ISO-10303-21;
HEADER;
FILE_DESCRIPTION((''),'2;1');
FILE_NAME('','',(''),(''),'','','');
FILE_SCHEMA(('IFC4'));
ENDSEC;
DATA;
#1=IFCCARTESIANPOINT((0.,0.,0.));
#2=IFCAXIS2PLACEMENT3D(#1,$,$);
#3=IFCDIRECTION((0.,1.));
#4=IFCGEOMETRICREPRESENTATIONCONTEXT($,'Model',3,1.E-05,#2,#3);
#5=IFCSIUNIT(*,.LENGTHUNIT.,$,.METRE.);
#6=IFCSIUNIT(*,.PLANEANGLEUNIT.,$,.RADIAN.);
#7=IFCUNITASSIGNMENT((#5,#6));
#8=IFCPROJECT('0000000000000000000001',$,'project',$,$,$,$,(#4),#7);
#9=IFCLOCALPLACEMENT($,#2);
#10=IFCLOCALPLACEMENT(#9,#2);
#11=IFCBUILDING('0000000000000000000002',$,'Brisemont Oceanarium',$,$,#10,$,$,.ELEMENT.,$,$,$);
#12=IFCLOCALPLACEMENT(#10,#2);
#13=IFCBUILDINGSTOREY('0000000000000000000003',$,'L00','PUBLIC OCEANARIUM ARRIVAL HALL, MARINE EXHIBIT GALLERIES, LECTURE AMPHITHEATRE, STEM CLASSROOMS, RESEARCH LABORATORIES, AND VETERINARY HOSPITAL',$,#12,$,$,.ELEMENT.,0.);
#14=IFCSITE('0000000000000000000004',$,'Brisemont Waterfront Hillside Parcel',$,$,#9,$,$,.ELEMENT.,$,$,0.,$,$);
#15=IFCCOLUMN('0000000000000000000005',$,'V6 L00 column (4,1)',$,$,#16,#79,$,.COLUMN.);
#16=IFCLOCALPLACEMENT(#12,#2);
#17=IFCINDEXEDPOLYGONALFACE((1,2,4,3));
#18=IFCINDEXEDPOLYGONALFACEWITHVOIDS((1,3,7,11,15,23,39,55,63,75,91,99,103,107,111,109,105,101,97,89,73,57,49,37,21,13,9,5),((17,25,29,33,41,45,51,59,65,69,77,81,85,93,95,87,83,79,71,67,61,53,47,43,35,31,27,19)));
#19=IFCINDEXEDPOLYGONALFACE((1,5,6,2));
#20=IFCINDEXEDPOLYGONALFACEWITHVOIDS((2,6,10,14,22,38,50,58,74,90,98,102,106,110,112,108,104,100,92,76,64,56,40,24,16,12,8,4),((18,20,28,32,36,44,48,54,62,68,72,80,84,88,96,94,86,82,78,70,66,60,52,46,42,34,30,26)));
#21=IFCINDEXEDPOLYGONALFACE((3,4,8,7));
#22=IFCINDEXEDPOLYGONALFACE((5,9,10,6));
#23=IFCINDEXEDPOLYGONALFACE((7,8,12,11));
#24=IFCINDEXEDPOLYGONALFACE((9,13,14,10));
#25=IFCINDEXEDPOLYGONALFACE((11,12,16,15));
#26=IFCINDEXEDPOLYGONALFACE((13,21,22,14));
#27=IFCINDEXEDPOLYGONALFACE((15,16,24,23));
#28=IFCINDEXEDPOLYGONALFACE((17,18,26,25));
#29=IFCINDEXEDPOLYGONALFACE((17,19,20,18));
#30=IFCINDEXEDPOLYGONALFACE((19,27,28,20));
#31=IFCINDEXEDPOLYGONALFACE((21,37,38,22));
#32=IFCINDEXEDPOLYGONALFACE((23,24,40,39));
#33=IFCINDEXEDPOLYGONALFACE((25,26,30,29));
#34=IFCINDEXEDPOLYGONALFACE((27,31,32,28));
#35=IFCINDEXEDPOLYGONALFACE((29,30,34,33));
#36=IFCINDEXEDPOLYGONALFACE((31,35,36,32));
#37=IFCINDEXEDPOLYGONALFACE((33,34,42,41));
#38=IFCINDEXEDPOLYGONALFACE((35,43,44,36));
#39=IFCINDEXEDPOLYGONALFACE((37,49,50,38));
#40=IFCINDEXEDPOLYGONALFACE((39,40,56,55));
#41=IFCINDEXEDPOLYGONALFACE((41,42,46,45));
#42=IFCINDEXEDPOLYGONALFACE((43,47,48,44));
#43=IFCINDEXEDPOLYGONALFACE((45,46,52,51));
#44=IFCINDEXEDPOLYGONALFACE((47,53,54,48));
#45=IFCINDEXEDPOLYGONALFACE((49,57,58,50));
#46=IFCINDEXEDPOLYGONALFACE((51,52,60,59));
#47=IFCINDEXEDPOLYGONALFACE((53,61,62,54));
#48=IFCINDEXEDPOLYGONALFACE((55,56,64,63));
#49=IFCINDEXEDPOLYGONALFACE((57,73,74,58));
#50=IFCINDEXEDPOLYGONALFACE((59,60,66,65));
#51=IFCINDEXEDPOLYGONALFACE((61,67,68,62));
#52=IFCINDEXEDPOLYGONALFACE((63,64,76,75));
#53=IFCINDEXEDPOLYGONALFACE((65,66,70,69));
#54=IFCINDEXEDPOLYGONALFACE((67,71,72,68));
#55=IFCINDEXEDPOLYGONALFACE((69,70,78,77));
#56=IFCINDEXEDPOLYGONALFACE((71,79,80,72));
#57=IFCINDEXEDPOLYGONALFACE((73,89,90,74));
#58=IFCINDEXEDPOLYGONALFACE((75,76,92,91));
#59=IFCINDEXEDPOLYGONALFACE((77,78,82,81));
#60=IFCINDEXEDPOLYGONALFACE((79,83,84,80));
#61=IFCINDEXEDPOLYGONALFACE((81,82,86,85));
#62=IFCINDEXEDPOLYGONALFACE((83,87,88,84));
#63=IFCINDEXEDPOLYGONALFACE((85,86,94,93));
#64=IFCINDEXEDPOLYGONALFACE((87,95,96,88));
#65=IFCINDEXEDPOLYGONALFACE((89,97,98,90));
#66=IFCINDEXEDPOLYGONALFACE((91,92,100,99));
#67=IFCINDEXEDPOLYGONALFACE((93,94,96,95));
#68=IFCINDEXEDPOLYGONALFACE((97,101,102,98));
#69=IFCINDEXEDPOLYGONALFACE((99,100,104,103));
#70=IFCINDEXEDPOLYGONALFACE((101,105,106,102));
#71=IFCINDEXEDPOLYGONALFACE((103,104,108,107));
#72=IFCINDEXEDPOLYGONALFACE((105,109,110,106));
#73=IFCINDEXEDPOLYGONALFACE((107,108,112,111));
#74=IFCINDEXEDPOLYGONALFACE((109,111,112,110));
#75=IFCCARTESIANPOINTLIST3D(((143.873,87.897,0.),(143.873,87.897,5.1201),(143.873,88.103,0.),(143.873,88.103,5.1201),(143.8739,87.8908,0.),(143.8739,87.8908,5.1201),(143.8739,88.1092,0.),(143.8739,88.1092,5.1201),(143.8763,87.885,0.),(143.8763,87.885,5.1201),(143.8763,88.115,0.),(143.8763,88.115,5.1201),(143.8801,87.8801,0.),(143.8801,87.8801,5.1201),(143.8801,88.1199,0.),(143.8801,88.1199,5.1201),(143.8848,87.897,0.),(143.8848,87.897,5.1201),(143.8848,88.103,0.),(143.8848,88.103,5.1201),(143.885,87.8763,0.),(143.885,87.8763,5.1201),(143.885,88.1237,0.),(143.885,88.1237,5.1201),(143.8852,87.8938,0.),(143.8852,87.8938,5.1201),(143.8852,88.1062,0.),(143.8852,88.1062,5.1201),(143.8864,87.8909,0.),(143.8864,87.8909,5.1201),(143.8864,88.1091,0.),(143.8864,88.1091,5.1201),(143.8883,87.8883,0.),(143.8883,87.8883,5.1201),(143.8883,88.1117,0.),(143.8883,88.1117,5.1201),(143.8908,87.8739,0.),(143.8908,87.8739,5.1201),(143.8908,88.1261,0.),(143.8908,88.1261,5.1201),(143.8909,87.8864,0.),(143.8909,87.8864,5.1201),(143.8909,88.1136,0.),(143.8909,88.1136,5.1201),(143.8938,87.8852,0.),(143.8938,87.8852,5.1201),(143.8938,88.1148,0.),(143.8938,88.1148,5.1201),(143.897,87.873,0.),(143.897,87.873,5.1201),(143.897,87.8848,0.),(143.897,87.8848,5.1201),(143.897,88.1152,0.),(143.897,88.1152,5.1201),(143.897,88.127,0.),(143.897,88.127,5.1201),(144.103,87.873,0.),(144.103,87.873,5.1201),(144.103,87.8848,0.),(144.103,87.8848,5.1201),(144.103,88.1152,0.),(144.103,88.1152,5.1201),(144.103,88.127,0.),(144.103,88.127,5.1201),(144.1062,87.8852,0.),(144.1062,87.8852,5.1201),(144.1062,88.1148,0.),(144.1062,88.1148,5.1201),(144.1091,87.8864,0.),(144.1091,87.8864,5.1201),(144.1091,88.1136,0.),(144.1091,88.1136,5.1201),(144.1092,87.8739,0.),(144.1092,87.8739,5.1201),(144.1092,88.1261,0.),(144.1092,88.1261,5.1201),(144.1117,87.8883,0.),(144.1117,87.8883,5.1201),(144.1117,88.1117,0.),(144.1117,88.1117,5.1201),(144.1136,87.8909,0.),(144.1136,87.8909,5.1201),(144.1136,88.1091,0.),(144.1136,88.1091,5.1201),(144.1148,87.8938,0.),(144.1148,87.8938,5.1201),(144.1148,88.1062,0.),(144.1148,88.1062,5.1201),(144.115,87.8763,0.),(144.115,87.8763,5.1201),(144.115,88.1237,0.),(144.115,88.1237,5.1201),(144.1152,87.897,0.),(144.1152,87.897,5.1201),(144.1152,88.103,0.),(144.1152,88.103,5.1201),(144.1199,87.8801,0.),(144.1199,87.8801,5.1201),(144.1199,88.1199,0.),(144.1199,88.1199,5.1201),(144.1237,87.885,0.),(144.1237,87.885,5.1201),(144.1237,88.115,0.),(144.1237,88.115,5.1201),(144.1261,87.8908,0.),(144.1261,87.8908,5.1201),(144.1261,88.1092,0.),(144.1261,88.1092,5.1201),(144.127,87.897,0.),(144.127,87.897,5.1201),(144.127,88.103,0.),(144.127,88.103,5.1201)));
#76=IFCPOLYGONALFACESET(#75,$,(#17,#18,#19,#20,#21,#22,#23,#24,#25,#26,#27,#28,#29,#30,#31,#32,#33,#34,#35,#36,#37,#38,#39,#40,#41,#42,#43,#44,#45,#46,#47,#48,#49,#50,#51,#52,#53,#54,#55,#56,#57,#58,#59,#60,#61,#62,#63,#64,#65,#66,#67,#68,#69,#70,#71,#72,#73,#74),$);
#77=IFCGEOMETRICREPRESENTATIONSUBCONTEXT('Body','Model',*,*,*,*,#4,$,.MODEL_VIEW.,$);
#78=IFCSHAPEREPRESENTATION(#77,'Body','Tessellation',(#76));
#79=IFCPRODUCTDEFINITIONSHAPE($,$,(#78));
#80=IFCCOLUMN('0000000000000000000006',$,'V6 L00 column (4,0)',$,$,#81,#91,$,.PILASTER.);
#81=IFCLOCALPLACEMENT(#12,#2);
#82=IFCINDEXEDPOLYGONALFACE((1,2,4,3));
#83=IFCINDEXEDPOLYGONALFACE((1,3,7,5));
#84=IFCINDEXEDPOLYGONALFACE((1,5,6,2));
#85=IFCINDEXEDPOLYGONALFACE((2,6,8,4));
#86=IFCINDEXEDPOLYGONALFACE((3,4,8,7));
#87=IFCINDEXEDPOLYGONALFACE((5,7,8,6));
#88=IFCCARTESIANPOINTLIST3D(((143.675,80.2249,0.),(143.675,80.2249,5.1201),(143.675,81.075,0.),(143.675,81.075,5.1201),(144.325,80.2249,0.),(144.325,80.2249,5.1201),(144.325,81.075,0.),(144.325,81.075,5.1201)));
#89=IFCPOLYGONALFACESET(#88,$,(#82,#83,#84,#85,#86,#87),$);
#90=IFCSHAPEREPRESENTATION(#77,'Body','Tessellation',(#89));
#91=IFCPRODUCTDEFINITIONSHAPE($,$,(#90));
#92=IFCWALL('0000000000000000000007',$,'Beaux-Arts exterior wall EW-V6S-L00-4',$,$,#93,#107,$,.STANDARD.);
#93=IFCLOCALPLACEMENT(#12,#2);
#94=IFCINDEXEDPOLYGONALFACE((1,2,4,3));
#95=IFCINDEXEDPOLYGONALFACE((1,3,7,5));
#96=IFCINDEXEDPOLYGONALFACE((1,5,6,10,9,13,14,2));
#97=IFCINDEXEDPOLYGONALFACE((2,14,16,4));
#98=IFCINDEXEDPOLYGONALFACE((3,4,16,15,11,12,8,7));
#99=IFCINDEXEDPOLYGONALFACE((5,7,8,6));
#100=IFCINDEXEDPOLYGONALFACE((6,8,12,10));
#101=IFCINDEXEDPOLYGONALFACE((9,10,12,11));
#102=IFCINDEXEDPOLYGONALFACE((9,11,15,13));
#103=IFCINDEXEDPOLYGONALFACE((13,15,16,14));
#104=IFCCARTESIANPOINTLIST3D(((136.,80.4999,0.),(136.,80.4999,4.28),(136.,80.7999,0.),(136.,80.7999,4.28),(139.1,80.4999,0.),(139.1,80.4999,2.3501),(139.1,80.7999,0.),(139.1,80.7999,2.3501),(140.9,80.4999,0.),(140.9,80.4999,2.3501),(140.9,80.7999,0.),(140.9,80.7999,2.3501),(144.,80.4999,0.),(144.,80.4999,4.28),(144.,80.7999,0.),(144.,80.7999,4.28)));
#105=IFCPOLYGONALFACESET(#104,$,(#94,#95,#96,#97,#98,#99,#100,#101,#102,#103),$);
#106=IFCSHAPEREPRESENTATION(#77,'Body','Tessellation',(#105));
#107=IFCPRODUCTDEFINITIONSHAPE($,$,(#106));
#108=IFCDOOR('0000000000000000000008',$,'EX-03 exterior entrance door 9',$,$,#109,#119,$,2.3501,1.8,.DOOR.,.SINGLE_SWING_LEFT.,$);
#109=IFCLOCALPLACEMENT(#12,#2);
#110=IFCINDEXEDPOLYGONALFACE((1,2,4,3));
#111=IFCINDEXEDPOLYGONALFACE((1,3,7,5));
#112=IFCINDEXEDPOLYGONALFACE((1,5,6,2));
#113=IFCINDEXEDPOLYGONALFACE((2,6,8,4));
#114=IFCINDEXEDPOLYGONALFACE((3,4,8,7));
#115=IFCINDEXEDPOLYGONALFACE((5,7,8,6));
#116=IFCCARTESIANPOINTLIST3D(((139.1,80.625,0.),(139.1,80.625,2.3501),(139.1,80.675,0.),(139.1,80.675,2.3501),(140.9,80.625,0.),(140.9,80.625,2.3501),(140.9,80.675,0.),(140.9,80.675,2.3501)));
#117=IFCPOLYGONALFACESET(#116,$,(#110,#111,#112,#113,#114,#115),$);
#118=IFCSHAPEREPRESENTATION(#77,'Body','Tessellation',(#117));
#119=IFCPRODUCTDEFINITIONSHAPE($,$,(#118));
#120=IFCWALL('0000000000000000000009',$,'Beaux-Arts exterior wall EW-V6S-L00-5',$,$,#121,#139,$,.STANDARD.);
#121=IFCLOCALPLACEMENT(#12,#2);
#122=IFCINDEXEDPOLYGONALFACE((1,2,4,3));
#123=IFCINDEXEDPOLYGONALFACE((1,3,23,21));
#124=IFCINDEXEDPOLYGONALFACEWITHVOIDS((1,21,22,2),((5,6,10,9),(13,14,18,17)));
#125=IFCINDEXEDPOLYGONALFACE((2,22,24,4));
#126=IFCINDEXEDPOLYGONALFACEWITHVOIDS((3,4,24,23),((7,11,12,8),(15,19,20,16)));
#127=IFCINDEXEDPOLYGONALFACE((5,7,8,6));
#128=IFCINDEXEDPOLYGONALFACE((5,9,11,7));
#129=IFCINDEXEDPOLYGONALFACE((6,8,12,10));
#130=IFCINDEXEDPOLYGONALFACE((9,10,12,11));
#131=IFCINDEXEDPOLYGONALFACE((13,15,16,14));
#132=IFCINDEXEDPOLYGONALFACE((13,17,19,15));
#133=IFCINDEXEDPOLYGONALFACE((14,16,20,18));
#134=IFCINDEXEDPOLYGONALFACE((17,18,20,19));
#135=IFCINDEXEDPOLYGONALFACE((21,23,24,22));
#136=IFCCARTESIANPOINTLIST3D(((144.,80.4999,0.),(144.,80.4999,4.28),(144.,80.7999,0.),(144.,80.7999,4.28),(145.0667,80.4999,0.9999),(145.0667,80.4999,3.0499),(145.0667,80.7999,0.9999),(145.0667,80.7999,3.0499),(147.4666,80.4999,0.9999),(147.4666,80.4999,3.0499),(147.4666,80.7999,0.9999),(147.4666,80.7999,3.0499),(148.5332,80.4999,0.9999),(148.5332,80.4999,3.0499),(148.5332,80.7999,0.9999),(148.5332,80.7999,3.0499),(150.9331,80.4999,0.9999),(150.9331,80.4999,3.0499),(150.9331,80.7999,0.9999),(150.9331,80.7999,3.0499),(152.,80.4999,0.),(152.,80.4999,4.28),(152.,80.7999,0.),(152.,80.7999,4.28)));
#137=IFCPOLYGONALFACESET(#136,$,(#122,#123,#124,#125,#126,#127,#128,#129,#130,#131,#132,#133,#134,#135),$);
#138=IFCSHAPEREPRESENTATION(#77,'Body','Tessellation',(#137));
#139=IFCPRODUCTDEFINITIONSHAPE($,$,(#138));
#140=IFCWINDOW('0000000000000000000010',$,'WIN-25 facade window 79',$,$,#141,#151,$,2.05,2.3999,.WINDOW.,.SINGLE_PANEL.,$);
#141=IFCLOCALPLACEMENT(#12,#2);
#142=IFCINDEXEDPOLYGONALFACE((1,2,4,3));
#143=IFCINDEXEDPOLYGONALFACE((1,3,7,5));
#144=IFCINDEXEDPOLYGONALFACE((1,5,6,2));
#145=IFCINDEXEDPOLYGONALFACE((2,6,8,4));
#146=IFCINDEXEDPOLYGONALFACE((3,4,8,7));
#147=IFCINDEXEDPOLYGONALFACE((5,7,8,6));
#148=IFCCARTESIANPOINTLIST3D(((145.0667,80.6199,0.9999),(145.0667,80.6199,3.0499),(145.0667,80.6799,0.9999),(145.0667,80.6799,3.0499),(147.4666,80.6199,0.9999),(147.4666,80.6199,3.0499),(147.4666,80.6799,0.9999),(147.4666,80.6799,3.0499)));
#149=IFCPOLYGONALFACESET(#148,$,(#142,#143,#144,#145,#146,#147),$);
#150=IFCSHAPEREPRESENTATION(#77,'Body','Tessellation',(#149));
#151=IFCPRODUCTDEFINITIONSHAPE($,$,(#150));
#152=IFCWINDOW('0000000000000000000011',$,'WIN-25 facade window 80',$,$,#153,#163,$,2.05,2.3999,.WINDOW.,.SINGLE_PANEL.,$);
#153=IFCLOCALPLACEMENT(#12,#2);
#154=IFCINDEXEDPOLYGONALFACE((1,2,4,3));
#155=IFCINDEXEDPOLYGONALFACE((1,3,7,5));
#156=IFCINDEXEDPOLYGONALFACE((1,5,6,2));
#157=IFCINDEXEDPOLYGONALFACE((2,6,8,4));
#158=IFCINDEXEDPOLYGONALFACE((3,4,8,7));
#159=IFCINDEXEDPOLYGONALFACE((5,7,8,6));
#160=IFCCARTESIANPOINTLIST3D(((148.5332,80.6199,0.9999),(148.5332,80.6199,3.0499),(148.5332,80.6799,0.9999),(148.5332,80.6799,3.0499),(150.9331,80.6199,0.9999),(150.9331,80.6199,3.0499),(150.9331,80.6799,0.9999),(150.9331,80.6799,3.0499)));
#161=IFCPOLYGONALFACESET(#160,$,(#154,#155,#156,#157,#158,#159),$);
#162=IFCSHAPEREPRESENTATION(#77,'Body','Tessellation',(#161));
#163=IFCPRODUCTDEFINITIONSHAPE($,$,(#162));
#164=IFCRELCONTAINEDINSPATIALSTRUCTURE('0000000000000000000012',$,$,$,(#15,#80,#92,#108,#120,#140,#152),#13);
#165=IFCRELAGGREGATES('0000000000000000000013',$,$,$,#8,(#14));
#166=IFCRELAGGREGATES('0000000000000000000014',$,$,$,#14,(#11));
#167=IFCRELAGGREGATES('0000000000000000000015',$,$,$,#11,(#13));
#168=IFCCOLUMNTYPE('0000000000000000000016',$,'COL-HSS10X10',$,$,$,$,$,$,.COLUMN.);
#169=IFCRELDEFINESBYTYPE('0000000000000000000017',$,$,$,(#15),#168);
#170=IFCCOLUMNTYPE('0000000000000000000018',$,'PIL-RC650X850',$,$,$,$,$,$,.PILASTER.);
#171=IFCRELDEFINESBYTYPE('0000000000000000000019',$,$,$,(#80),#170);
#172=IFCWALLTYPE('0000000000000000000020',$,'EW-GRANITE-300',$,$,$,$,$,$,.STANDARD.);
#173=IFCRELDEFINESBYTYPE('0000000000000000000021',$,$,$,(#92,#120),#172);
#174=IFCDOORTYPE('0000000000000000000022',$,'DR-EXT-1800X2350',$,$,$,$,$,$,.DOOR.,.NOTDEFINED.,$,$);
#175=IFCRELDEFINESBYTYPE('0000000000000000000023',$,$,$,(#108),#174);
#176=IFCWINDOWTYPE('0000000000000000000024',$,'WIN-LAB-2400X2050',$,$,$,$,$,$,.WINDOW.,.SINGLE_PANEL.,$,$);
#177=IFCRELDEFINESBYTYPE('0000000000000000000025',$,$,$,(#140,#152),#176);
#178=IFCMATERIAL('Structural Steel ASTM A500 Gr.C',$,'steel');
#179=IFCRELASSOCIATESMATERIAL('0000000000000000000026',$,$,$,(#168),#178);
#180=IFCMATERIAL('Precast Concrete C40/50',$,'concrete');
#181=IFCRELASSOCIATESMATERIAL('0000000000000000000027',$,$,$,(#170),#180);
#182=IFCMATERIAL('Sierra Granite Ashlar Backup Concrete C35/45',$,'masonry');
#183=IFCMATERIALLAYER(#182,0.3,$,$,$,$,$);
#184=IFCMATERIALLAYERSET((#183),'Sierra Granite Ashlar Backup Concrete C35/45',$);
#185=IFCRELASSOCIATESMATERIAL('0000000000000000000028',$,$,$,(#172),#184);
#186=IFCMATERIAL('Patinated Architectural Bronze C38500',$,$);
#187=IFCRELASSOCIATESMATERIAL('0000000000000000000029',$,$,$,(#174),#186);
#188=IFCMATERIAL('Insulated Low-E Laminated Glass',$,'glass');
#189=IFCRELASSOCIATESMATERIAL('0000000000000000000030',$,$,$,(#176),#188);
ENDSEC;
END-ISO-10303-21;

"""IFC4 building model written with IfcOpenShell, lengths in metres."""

from ifc_helpers import new_model, si_unit, direction, frame, frame_2d, origin, origin_2d, place, context, subcontext, project, spatial, rectangle, hollow_rectangle, extrude, material, layer, layer_set, material_profile, profile_set, type_object, element, fill, save


model = new_model("IFC4")

# Units and contexts
model_context = context("Model", 3, precision=1e-05, world=origin(), true_north=direction((0.0, 1.0)))
body_context = subcontext(model_context, "Body", "Model", "MODEL_VIEW")
ifc_project = project(units=[si_unit("LENGTHUNIT", "METRE"), si_unit("PLANEANGLEUNIT", "RADIAN")], contexts=[model_context])

# Site, building, storey
site_placement = place(None, origin())
site = spatial("IfcSite", under=ifc_project, at=site_placement, Name="Brisemont Waterfront Hillside Parcel", CompositionType="ELEMENT", RefElevation=0.0)
building_placement = place(site_placement, origin())
building = spatial("IfcBuilding", under=site, at=building_placement, Name="Brisemont Oceanarium", CompositionType="ELEMENT")
storey_placement = place(building_placement, origin())
storey = spatial("IfcBuildingStorey", under=building, at=storey_placement, Name="L00", Description="PUBLIC OCEANARIUM ARRIVAL HALL, MARINE EXHIBIT GALLERIES, LECTURE AMPHITHEATRE, STEM CLASSROOMS, RESEARCH LABORATORIES, AND VETERINARY HOSPITAL", CompositionType="ELEMENT", Elevation=0.0)

# Columns
ifc_material_1 = material(Name="Structural Steel ASTM A500 Gr.C", Category="steel")
ifc_material_profile_1 = material_profile(ifc_material_1, hollow_rectangle(XDim=0.2539, YDim=0.2539, WallThickness=0.0117, InnerFilletRadius=0.0122, OuterFilletRadius=0.0239, at=origin_2d()), Name="HSS10X10X1/2")
ifc_profile_set_1 = profile_set([ifc_material_profile_1], Name="Structural Steel ASTM A500 Gr.C")
column_type_1 = type_object("IfcColumnType", Name="COL-HSS10X10", PredefinedType="COLUMN", material=ifc_profile_set_1)
column_1_placement = place(storey_placement, frame((144.0, 88.0, 0.0), z_axis=(0.0, 0.0, 1.0), x_axis=(0.0, 1.0, 0.0)))
element("IfcColumn", 1, at=column_1_placement, inside=storey, type_object=column_type_1, Name="V6 L00 column (4,1)", PredefinedType="COLUMN", context=body_context, shape_type="SweptSolid", body=[
    extrude(hollow_rectangle(XDim=0.2539, YDim=0.2539, WallThickness=0.0117, InnerFilletRadius=0.0122, OuterFilletRadius=0.0239, at=origin_2d()), origin(), (0.0, 0.0, 1.0), 5.1201),
])
ifc_material_2 = material(Name="Precast Concrete C40/50", Category="concrete")
ifc_material_profile_2 = material_profile(ifc_material_2, rectangle(XDim=0.6499, YDim=0.8501, at=origin_2d()), Name="RC-PIL-650X850")
ifc_profile_set_2 = profile_set([ifc_material_profile_2], Name="Precast Concrete C40/50")
column_type_2 = type_object("IfcColumnType", Name="PIL-RC650X850", PredefinedType="PILASTER", material=ifc_profile_set_2)
column_2_placement = place(storey_placement, frame((144.0, 80.6499, 0.0), z_axis=(0.0, 0.0, 1.0), x_axis=(1.0, 0.0, 0.0)))
element("IfcColumn", 2, at=column_2_placement, inside=storey, type_object=column_type_2, Name="V6 L00 column (4,0)", PredefinedType="PILASTER", context=body_context, shape_type="SweptSolid", body=[
    extrude(rectangle(XDim=0.6499, YDim=0.8501, at=origin_2d()), origin(), (0.0, 0.0, 1.0), 5.1201),
])

# Wall, opening, door
ifc_material_3 = material(Name="Sierra Granite Ashlar Backup Concrete C35/45", Category="masonry")
ifc_layer_1 = layer(ifc_material_3, 0.3)
ifc_layer_set_1 = layer_set([ifc_layer_1], Name="Sierra Granite Ashlar Backup Concrete C35/45")
wall_type_1 = type_object("IfcWallType", Name="EW-GRANITE-300", PredefinedType="STANDARD", material=ifc_layer_set_1)
wall_1_placement = place(storey_placement, frame((144.0, 80.6499, 0.0), z_axis=(0.0, 0.0, 1.0), x_axis=(-1.0, 0.0, 0.0)))
wall_1 = element("IfcWall", 3, at=wall_1_placement, inside=storey, type_object=wall_type_1, Name="Beaux-Arts exterior wall EW-V6S-L00-4", PredefinedType="STANDARD", context=body_context, shape_type="SweptSolid", body=[
    extrude(rectangle(XDim=8.0, YDim=0.3, at=frame_2d((4.0, 0.0))), origin(), (0.0, 0.0, 1.0), 4.28),
])
opening_1_placement = place(wall_1_placement, frame((3.1001, 0.0, 0.0)))
opening_1 = element("IfcOpeningElement", 4, at=opening_1_placement, cuts=wall_1, PredefinedType="OPENING", context=body_context, shape_type="SweptSolid", body=[
    extrude(rectangle(XDim=1.8, YDim=2.3501, at=frame_2d((0.8999, 1.175))), frame((0.0, 0.1599, 0.0), z_axis=(0.0, -1.0, 0.0), x_axis=(1.0, 0.0, 0.0)), (0.0, 0.0, 1.0), 0.3201),
])
ifc_material_4 = material(Name="Patinated Architectural Bronze C38500")
door_type_1 = type_object("IfcDoorType", Name="DR-EXT-1800X2350", OperationType="NOTDEFINED", PredefinedType="DOOR", material=ifc_material_4)
door_1_placement = place(opening_1_placement, origin())
door_1 = element("IfcDoor", 5, at=door_1_placement, inside=storey, type_object=door_type_1, Name="EX-03 exterior entrance door 9", OperationType="SINGLE_SWING_LEFT", OverallHeight=2.3501, OverallWidth=1.8, PredefinedType="DOOR", context=body_context, shape_type="SweptSolid", body=[
    extrude(rectangle(XDim=1.8, YDim=2.3501, at=frame_2d((0.8999, 1.175))), frame((0.0, 0.0249, 0.0), z_axis=(0.0, -1.0, 0.0), x_axis=(1.0, 0.0, 0.0)), (0.0, 0.0, 1.0), 0.05),
])
fill(opening_1, door_1)

# Wall, openings, windows
wall_2_placement = place(storey_placement, frame((144.0, 80.6499, 0.0), z_axis=(0.0, 0.0, 1.0), x_axis=(1.0, 0.0, 0.0)))
wall_2 = element("IfcWall", 6, at=wall_2_placement, inside=storey, type_object=wall_type_1, Name="Beaux-Arts exterior wall EW-V6S-L00-5", PredefinedType="STANDARD", context=body_context, shape_type="SweptSolid", body=[
    extrude(rectangle(XDim=8.0, YDim=0.3, at=frame_2d((4.0, 0.0))), origin(), (0.0, 0.0, 1.0), 4.28),
])
opening_2_placement = place(wall_2_placement, frame((1.0667, 0.0, 1.0)))
opening_2 = element("IfcOpeningElement", 7, at=opening_2_placement, cuts=wall_2, PredefinedType="OPENING", context=body_context, shape_type="SweptSolid", body=[
    extrude(rectangle(XDim=2.3999, YDim=2.05, at=frame_2d((1.2, 1.0249))), frame((0.0, 0.1599, 0.0), z_axis=(0.0, -1.0, 0.0), x_axis=(1.0, 0.0, 0.0)), (0.0, 0.0, 1.0), 0.3201),
])
opening_3_placement = place(wall_2_placement, frame((4.5332, 0.0, 1.0)))
opening_3 = element("IfcOpeningElement", 8, at=opening_3_placement, cuts=wall_2, PredefinedType="OPENING", context=body_context, shape_type="SweptSolid", body=[
    extrude(rectangle(XDim=2.3999, YDim=2.05, at=frame_2d((1.2, 1.0249))), frame((0.0, 0.1599, 0.0), z_axis=(0.0, -1.0, 0.0), x_axis=(1.0, 0.0, 0.0)), (0.0, 0.0, 1.0), 0.3201),
])
ifc_material_5 = material(Name="Insulated Low-E Laminated Glass", Category="glass")
window_type = type_object("IfcWindowType", Name="WIN-LAB-2400X2050", PartitioningType="SINGLE_PANEL", PredefinedType="WINDOW", material=ifc_material_5)
window_1_placement = place(opening_2_placement, origin())
window_1 = element("IfcWindow", 9, at=window_1_placement, inside=storey, type_object=window_type, Name="WIN-25 facade window 79", OverallHeight=2.05, OverallWidth=2.3999, PartitioningType="SINGLE_PANEL", PredefinedType="WINDOW", context=body_context, shape_type="SweptSolid", body=[
    extrude(rectangle(XDim=2.3999, YDim=2.05, at=frame_2d((1.2, 1.0249))), frame((0.0, 0.03, 0.0), z_axis=(0.0, -1.0, 0.0), x_axis=(1.0, 0.0, 0.0)), (0.0, 0.0, 1.0), 0.0601),
])
fill(opening_2, window_1)
window_2_placement = place(opening_3_placement, origin())
window_2 = element("IfcWindow", 10, at=window_2_placement, inside=storey, type_object=window_type, Name="WIN-25 facade window 80", OverallHeight=2.05, OverallWidth=2.3999, PartitioningType="SINGLE_PANEL", PredefinedType="WINDOW", context=body_context, shape_type="SweptSolid", body=[
    extrude(rectangle(XDim=2.3999, YDim=2.05, at=frame_2d((1.2, 1.0249))), frame((0.0, 0.03, 0.0), z_axis=(0.0, -1.0, 0.0), x_axis=(1.0, 0.0, 0.0)), (0.0, 0.0, 1.0), 0.0601),
])
fill(opening_3, window_2)

save(model, "model.ifc")
